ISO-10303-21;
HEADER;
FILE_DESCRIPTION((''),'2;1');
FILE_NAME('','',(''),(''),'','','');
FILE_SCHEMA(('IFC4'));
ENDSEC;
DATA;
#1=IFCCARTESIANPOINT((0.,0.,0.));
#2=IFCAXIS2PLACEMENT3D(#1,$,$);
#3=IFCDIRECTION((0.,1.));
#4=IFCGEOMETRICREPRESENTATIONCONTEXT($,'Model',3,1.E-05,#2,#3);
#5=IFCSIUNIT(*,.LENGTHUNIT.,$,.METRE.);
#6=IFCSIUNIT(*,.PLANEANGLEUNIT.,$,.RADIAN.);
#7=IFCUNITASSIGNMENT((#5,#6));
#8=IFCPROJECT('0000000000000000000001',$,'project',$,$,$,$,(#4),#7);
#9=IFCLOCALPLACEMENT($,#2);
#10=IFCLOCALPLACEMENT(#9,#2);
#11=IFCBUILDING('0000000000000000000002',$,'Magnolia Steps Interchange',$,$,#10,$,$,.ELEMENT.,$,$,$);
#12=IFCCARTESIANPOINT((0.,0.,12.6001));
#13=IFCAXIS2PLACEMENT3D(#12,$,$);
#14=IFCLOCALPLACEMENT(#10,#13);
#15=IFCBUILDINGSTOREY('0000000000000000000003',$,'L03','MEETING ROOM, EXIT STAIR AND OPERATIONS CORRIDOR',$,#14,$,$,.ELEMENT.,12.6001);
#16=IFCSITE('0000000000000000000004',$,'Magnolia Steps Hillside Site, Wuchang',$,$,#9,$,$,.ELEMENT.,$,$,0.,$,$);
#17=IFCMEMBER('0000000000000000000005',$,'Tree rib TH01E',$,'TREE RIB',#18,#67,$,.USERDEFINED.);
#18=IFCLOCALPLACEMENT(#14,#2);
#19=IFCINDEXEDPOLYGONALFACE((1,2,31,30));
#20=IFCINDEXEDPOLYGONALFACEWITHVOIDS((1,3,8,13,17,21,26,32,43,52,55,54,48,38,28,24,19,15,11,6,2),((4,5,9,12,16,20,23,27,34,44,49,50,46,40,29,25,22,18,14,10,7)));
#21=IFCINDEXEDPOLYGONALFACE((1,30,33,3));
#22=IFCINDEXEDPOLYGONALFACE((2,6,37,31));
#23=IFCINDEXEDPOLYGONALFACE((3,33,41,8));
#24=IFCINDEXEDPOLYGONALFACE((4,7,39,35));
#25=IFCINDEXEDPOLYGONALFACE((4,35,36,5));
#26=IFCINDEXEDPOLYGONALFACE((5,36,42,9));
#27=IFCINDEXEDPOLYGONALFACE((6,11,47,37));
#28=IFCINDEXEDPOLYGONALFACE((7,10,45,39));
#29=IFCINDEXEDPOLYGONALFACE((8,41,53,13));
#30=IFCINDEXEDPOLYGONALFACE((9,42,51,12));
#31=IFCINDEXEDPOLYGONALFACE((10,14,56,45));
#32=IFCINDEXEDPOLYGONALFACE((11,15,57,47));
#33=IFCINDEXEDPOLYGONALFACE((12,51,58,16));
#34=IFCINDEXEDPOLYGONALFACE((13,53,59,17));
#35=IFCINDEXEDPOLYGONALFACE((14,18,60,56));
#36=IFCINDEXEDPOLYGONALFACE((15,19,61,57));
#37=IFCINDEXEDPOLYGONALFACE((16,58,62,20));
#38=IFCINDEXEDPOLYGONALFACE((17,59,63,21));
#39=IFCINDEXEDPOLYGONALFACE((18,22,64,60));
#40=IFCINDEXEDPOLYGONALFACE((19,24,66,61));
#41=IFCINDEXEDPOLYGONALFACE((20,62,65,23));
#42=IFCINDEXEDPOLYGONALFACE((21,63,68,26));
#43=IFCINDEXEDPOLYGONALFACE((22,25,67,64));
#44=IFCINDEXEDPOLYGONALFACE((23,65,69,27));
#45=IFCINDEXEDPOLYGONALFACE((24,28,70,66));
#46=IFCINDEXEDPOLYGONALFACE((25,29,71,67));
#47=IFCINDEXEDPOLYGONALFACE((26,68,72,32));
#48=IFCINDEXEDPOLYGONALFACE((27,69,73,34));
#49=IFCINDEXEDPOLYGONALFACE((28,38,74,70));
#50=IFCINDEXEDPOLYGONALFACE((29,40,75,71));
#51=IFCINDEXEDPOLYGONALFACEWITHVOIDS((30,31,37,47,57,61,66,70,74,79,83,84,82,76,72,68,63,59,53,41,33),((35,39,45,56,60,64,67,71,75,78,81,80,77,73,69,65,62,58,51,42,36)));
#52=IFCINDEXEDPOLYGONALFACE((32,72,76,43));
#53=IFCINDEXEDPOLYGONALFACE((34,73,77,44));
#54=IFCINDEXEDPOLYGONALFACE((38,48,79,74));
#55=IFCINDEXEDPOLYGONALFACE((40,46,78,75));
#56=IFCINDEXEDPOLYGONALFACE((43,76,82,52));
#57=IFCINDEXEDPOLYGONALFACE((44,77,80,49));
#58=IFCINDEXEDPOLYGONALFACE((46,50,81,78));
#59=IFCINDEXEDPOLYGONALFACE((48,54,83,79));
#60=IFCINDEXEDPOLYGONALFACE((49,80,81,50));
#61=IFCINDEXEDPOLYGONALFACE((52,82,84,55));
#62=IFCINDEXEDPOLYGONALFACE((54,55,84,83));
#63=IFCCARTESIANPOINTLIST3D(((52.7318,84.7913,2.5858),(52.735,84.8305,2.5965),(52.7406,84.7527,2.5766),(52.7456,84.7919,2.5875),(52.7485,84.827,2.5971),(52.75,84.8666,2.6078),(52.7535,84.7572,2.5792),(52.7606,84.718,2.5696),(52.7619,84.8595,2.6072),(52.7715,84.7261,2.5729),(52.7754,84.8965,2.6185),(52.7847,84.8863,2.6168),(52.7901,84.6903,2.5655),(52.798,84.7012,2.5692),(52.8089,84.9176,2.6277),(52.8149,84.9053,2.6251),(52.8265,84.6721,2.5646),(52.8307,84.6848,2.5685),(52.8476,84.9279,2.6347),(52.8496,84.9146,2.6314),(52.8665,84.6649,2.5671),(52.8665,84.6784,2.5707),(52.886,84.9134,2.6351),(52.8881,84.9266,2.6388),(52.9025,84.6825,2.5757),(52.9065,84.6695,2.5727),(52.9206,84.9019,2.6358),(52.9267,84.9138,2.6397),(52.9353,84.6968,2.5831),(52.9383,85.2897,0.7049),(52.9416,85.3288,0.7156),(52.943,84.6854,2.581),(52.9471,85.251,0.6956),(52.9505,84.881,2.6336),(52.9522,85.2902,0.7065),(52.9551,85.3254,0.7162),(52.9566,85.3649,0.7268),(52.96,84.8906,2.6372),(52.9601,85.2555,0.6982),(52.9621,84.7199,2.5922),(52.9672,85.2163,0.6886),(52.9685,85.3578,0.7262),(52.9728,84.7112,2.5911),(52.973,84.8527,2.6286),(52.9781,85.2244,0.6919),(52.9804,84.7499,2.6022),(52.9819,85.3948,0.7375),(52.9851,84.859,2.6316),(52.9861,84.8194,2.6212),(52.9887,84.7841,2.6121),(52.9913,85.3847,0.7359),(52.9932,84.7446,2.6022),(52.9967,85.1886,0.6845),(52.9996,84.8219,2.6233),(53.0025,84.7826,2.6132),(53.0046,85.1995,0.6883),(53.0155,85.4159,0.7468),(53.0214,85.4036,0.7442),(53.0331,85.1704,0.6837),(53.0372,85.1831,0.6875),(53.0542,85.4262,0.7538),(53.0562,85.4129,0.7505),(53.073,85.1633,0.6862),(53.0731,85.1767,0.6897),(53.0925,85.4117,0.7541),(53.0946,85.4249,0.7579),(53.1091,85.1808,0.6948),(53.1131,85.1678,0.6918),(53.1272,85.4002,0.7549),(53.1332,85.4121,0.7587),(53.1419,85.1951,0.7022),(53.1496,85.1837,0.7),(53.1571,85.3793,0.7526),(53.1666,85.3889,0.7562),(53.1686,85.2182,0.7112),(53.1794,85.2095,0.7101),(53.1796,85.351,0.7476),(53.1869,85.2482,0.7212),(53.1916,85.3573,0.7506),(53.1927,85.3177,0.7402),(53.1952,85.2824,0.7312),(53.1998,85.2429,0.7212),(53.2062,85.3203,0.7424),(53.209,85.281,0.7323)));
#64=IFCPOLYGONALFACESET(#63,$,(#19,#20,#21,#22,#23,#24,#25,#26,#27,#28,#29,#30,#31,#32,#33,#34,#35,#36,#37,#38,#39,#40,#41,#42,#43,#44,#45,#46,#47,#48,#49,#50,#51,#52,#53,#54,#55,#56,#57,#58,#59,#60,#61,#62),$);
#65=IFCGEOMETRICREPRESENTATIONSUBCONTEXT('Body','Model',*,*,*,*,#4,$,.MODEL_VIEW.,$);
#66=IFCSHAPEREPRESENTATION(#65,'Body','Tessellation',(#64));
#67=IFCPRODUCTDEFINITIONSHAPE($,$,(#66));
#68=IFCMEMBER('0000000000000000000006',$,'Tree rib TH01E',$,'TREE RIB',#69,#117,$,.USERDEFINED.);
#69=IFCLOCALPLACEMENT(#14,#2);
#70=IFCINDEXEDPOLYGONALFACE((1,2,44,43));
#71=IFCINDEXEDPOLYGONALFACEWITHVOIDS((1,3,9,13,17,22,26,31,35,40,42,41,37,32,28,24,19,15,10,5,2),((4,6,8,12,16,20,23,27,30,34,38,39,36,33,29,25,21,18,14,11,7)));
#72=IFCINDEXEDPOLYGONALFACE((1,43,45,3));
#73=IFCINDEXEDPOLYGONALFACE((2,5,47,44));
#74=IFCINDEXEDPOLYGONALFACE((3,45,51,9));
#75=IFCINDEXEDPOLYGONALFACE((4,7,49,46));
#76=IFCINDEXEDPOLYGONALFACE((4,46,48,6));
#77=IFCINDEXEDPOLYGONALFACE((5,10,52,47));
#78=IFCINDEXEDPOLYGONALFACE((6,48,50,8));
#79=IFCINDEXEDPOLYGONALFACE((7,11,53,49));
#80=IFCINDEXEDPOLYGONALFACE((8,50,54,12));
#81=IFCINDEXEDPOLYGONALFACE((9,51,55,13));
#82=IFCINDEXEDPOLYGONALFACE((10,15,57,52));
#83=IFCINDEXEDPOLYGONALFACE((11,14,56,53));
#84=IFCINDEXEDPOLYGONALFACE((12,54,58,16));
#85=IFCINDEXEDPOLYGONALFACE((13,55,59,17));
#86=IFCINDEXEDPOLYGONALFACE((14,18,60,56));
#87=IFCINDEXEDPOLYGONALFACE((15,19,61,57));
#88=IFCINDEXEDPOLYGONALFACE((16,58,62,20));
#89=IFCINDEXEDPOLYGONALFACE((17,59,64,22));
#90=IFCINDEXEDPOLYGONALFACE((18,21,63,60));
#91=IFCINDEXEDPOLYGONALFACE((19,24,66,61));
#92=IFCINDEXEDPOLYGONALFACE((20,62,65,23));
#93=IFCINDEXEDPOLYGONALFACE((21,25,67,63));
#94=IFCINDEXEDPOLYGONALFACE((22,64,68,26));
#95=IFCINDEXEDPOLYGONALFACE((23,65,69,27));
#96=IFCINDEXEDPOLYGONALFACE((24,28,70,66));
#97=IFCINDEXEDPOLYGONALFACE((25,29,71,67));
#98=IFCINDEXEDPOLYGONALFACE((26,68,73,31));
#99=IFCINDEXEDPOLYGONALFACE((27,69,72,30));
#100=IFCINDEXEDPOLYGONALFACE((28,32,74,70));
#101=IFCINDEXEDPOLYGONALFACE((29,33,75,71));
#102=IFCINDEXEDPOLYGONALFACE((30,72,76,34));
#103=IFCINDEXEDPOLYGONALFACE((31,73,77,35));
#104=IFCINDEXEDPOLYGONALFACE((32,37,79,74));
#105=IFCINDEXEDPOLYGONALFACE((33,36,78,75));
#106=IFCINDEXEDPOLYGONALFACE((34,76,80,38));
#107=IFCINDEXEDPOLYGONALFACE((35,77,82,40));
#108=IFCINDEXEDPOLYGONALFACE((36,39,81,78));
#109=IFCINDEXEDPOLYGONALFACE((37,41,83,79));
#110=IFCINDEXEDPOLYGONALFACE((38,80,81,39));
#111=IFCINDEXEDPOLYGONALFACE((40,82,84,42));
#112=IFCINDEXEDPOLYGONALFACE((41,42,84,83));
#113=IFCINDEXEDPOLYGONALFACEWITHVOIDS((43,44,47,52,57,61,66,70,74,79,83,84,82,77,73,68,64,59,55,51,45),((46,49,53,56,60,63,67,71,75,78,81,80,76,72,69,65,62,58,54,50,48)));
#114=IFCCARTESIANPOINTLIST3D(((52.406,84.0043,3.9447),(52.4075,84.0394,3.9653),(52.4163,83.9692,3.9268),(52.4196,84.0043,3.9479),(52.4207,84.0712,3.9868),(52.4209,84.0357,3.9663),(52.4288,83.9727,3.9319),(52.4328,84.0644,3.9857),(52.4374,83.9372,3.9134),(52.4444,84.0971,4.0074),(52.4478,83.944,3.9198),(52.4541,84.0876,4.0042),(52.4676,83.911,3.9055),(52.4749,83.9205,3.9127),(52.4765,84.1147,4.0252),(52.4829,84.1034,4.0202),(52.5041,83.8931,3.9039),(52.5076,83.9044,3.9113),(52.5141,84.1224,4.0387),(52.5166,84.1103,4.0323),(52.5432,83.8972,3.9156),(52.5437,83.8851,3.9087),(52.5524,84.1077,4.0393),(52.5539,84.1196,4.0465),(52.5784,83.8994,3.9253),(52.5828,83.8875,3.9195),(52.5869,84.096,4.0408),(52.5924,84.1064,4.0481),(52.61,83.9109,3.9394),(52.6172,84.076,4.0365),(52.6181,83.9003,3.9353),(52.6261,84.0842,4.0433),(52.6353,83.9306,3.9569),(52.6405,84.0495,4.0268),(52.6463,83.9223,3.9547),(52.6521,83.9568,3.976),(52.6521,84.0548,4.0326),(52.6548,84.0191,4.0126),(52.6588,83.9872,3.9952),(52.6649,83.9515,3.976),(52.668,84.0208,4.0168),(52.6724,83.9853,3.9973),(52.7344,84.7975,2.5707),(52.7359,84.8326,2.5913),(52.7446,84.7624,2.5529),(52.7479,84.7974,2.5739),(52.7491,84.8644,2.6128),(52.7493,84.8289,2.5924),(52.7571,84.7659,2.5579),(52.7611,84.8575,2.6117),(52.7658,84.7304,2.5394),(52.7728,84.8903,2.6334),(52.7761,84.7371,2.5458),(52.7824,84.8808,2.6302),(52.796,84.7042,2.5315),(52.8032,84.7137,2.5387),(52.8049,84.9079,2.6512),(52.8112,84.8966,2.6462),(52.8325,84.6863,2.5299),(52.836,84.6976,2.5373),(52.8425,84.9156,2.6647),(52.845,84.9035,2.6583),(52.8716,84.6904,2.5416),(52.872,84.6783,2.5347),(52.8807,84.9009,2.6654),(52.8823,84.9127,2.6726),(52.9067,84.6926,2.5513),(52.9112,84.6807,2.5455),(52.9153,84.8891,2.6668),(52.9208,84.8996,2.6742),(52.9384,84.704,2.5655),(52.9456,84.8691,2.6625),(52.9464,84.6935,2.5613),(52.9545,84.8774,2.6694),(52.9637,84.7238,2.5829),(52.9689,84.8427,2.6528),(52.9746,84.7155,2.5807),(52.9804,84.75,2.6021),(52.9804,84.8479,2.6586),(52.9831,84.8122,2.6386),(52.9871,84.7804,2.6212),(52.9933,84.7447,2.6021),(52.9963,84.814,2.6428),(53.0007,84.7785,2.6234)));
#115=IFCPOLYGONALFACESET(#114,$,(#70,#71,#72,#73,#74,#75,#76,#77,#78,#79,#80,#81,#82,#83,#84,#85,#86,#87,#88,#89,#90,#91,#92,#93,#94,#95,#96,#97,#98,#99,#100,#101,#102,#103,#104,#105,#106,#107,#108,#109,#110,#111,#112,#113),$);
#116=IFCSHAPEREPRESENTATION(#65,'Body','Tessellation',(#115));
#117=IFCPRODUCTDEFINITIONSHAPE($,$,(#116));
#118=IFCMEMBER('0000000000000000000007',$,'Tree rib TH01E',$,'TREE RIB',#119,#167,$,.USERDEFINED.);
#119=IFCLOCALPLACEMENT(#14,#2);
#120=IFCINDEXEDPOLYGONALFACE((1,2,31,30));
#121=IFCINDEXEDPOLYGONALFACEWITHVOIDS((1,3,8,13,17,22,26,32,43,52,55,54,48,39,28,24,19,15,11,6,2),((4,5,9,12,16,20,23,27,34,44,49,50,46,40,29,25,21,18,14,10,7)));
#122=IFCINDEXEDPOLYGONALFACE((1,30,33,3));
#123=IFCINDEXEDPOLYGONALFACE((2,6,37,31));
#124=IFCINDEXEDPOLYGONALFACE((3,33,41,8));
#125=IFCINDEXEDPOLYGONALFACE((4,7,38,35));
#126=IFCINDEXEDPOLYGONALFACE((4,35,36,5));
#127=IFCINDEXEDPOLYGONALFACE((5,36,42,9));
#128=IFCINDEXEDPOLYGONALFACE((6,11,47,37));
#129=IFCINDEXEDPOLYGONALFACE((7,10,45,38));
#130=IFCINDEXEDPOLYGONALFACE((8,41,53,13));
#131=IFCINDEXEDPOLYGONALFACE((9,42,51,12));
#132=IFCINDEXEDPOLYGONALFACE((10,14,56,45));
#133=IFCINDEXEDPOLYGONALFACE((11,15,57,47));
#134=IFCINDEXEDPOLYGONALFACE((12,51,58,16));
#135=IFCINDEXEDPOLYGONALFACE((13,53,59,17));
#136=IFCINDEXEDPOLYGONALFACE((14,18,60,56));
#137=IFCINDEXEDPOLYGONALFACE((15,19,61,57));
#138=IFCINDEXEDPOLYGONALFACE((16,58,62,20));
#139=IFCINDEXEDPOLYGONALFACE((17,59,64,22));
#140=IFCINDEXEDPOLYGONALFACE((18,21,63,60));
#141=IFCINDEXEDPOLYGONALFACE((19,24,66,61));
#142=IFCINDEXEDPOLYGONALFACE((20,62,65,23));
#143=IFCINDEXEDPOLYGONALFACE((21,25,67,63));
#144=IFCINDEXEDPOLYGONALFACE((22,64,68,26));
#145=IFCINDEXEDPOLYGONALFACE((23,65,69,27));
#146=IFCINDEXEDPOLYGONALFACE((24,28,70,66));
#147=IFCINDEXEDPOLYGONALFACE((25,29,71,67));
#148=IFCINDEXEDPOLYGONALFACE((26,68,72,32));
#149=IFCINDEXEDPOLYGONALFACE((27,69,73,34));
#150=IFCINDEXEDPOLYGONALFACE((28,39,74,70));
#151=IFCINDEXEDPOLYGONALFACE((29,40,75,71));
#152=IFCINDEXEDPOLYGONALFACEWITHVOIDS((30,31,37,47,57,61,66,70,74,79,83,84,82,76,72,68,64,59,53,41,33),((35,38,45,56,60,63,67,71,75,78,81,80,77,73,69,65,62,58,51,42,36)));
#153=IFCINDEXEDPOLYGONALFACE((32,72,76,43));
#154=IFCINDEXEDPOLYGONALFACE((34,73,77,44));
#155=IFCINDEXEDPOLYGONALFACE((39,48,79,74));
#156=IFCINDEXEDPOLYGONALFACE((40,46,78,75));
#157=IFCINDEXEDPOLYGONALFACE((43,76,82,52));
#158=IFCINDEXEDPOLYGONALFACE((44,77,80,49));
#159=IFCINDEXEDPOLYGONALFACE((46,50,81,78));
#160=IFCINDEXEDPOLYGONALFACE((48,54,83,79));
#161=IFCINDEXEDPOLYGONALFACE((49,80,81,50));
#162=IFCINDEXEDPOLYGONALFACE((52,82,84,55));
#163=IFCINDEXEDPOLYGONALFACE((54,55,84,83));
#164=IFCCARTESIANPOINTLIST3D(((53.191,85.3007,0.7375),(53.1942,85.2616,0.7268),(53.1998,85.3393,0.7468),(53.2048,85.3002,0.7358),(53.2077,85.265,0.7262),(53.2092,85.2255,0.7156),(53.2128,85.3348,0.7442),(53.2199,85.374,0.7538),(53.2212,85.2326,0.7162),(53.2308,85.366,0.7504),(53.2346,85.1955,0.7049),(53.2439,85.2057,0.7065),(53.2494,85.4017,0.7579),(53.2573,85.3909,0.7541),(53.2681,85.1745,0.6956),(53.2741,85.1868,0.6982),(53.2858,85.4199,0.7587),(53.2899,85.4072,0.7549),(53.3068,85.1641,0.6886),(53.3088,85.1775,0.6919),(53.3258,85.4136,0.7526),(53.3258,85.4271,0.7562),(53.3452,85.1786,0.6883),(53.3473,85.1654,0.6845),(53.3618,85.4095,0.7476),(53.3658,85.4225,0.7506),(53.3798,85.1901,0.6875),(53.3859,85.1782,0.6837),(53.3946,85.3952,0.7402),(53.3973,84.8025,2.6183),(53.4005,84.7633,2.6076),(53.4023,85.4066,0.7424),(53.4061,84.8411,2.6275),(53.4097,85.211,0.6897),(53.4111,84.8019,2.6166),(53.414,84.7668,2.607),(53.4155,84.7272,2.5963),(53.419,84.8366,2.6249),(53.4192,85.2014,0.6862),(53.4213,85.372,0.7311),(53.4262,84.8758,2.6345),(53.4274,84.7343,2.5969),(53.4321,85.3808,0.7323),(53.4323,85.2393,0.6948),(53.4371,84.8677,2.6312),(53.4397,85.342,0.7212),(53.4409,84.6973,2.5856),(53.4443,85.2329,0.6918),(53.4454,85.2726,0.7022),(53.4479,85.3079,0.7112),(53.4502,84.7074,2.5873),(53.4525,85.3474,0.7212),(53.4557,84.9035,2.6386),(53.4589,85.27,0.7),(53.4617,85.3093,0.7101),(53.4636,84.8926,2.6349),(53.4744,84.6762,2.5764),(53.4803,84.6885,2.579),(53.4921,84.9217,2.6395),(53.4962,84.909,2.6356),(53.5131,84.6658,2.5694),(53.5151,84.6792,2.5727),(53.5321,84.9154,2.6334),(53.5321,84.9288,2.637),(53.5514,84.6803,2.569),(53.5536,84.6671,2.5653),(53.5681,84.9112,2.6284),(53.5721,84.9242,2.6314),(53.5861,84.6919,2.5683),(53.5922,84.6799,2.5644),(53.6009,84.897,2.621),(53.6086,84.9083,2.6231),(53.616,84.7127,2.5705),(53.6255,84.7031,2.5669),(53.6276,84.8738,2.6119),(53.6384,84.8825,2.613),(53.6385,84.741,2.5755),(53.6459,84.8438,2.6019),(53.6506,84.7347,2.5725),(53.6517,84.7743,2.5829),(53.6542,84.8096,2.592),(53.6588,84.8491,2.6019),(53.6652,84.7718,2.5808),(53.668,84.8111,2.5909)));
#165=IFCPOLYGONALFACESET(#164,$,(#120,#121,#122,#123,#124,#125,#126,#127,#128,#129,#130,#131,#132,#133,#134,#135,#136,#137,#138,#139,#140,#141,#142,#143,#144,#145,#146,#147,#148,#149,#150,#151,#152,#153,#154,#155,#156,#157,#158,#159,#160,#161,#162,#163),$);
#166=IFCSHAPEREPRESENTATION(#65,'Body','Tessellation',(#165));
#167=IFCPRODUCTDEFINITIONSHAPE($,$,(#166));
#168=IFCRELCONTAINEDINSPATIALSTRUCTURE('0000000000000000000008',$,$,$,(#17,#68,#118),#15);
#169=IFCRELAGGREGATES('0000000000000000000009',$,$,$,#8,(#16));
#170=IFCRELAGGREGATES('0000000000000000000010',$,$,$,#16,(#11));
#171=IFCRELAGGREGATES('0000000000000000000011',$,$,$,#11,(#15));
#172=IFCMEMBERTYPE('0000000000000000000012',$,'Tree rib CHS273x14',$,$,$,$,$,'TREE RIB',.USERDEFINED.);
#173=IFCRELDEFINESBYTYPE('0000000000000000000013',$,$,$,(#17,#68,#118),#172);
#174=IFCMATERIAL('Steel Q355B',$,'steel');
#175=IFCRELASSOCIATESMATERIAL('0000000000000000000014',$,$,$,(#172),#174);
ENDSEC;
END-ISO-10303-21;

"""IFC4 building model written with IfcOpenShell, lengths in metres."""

from ifc_helpers import new_model, si_unit, direction, frame, origin, origin_2d, place, context, subcontext, project, spatial, hollow_circle, extrude, material, material_profile, profile_set, type_object, element, save


model = new_model("IFC4")

# Units and contexts
model_context = context("Model", 3, precision=1e-05, world=origin(), true_north=direction((0.0, 1.0)))
body_context = subcontext(model_context, "Body", "Model", "MODEL_VIEW")
ifc_project = project(units=[si_unit("LENGTHUNIT", "METRE"), si_unit("PLANEANGLEUNIT", "RADIAN")], contexts=[model_context])

# Site, building, storey
site_placement = place(None, origin())
site = spatial("IfcSite", under=ifc_project, at=site_placement, Name="Magnolia Steps Hillside Site, Wuchang", CompositionType="ELEMENT", RefElevation=0.0)
building_placement = place(site_placement, origin())
building = spatial("IfcBuilding", under=site, at=building_placement, Name="Magnolia Steps Interchange", CompositionType="ELEMENT")
storey_placement = place(building_placement, frame((0.0, 0.0, 12.6001)))
storey = spatial("IfcBuildingStorey", under=building, at=storey_placement, Name="L03", Description="MEETING ROOM, EXIT STAIR AND OPERATIONS CORRIDOR", CompositionType="ELEMENT", Elevation=12.6001)

# Members
ifc_material_1 = material(Name="Steel Q355B", Category="steel")
ifc_material_profile_1 = material_profile(ifc_material_1, hollow_circle(Radius=0.1365, WallThickness=0.0139, at=origin_2d()), Name="CHS273x14")
ifc_profile_set_1 = profile_set([ifc_material_profile_1], Name="Steel Q355B")
member_type_1 = type_object("IfcMemberType", Name="Tree rib CHS273x14", ElementType="TREE RIB", PredefinedType="USERDEFINED", material=ifc_profile_set_1)
member_1_placement = place(storey_placement, frame((53.0737, 85.2952, 0.7212), z_axis=(-0.105558, -0.254662, 0.961252), x_axis=(0.923785, -0.382911, 0.0)))
element("IfcMember", 1, at=member_1_placement, inside=storey, type_object=member_type_1, Name="Tree rib TH01E", ObjectType="TREE RIB", PredefinedType="USERDEFINED", context=body_context, shape_type="SweptSolid", body=[
    extrude(hollow_circle(Radius=0.1365, WallThickness=0.0139, at=origin_2d()), origin(), (0.0, 0.0, 1.0), 1.9568),
])
member_2_placement = place(storey_placement, frame((52.8672, 84.7969, 2.6021), z_axis=(-0.202676, -0.489586, 0.848073), x_axis=(0.923958, -0.382494, 0.0)))
element("IfcMember", 2, at=member_2_placement, inside=storey, type_object=member_type_1, Name="Tree rib TH01E", ObjectType="TREE RIB", PredefinedType="USERDEFINED", context=body_context, shape_type="SweptSolid", body=[
    extrude(hollow_circle(Radius=0.1365, WallThickness=0.0139, at=origin_2d()), origin(), (0.0, 0.0, 1.0), 1.6201),
])
member_3_placement = place(storey_placement, frame((53.3264, 85.2952, 0.7212), z_axis=(0.105435, -0.254665, 0.961264), x_axis=(0.923945, 0.382525, 0.0)))
element("IfcMember", 3, at=member_3_placement, inside=storey, type_object=member_type_1, Name="Tree rib TH01E", ObjectType="TREE RIB", PredefinedType="USERDEFINED", context=body_context, shape_type="SweptSolid", body=[
    extrude(hollow_circle(Radius=0.1365, WallThickness=0.0139, at=origin_2d()), origin(), (0.0, 0.0, 1.0), 1.9565),
])

save(model, "model.ifc")
